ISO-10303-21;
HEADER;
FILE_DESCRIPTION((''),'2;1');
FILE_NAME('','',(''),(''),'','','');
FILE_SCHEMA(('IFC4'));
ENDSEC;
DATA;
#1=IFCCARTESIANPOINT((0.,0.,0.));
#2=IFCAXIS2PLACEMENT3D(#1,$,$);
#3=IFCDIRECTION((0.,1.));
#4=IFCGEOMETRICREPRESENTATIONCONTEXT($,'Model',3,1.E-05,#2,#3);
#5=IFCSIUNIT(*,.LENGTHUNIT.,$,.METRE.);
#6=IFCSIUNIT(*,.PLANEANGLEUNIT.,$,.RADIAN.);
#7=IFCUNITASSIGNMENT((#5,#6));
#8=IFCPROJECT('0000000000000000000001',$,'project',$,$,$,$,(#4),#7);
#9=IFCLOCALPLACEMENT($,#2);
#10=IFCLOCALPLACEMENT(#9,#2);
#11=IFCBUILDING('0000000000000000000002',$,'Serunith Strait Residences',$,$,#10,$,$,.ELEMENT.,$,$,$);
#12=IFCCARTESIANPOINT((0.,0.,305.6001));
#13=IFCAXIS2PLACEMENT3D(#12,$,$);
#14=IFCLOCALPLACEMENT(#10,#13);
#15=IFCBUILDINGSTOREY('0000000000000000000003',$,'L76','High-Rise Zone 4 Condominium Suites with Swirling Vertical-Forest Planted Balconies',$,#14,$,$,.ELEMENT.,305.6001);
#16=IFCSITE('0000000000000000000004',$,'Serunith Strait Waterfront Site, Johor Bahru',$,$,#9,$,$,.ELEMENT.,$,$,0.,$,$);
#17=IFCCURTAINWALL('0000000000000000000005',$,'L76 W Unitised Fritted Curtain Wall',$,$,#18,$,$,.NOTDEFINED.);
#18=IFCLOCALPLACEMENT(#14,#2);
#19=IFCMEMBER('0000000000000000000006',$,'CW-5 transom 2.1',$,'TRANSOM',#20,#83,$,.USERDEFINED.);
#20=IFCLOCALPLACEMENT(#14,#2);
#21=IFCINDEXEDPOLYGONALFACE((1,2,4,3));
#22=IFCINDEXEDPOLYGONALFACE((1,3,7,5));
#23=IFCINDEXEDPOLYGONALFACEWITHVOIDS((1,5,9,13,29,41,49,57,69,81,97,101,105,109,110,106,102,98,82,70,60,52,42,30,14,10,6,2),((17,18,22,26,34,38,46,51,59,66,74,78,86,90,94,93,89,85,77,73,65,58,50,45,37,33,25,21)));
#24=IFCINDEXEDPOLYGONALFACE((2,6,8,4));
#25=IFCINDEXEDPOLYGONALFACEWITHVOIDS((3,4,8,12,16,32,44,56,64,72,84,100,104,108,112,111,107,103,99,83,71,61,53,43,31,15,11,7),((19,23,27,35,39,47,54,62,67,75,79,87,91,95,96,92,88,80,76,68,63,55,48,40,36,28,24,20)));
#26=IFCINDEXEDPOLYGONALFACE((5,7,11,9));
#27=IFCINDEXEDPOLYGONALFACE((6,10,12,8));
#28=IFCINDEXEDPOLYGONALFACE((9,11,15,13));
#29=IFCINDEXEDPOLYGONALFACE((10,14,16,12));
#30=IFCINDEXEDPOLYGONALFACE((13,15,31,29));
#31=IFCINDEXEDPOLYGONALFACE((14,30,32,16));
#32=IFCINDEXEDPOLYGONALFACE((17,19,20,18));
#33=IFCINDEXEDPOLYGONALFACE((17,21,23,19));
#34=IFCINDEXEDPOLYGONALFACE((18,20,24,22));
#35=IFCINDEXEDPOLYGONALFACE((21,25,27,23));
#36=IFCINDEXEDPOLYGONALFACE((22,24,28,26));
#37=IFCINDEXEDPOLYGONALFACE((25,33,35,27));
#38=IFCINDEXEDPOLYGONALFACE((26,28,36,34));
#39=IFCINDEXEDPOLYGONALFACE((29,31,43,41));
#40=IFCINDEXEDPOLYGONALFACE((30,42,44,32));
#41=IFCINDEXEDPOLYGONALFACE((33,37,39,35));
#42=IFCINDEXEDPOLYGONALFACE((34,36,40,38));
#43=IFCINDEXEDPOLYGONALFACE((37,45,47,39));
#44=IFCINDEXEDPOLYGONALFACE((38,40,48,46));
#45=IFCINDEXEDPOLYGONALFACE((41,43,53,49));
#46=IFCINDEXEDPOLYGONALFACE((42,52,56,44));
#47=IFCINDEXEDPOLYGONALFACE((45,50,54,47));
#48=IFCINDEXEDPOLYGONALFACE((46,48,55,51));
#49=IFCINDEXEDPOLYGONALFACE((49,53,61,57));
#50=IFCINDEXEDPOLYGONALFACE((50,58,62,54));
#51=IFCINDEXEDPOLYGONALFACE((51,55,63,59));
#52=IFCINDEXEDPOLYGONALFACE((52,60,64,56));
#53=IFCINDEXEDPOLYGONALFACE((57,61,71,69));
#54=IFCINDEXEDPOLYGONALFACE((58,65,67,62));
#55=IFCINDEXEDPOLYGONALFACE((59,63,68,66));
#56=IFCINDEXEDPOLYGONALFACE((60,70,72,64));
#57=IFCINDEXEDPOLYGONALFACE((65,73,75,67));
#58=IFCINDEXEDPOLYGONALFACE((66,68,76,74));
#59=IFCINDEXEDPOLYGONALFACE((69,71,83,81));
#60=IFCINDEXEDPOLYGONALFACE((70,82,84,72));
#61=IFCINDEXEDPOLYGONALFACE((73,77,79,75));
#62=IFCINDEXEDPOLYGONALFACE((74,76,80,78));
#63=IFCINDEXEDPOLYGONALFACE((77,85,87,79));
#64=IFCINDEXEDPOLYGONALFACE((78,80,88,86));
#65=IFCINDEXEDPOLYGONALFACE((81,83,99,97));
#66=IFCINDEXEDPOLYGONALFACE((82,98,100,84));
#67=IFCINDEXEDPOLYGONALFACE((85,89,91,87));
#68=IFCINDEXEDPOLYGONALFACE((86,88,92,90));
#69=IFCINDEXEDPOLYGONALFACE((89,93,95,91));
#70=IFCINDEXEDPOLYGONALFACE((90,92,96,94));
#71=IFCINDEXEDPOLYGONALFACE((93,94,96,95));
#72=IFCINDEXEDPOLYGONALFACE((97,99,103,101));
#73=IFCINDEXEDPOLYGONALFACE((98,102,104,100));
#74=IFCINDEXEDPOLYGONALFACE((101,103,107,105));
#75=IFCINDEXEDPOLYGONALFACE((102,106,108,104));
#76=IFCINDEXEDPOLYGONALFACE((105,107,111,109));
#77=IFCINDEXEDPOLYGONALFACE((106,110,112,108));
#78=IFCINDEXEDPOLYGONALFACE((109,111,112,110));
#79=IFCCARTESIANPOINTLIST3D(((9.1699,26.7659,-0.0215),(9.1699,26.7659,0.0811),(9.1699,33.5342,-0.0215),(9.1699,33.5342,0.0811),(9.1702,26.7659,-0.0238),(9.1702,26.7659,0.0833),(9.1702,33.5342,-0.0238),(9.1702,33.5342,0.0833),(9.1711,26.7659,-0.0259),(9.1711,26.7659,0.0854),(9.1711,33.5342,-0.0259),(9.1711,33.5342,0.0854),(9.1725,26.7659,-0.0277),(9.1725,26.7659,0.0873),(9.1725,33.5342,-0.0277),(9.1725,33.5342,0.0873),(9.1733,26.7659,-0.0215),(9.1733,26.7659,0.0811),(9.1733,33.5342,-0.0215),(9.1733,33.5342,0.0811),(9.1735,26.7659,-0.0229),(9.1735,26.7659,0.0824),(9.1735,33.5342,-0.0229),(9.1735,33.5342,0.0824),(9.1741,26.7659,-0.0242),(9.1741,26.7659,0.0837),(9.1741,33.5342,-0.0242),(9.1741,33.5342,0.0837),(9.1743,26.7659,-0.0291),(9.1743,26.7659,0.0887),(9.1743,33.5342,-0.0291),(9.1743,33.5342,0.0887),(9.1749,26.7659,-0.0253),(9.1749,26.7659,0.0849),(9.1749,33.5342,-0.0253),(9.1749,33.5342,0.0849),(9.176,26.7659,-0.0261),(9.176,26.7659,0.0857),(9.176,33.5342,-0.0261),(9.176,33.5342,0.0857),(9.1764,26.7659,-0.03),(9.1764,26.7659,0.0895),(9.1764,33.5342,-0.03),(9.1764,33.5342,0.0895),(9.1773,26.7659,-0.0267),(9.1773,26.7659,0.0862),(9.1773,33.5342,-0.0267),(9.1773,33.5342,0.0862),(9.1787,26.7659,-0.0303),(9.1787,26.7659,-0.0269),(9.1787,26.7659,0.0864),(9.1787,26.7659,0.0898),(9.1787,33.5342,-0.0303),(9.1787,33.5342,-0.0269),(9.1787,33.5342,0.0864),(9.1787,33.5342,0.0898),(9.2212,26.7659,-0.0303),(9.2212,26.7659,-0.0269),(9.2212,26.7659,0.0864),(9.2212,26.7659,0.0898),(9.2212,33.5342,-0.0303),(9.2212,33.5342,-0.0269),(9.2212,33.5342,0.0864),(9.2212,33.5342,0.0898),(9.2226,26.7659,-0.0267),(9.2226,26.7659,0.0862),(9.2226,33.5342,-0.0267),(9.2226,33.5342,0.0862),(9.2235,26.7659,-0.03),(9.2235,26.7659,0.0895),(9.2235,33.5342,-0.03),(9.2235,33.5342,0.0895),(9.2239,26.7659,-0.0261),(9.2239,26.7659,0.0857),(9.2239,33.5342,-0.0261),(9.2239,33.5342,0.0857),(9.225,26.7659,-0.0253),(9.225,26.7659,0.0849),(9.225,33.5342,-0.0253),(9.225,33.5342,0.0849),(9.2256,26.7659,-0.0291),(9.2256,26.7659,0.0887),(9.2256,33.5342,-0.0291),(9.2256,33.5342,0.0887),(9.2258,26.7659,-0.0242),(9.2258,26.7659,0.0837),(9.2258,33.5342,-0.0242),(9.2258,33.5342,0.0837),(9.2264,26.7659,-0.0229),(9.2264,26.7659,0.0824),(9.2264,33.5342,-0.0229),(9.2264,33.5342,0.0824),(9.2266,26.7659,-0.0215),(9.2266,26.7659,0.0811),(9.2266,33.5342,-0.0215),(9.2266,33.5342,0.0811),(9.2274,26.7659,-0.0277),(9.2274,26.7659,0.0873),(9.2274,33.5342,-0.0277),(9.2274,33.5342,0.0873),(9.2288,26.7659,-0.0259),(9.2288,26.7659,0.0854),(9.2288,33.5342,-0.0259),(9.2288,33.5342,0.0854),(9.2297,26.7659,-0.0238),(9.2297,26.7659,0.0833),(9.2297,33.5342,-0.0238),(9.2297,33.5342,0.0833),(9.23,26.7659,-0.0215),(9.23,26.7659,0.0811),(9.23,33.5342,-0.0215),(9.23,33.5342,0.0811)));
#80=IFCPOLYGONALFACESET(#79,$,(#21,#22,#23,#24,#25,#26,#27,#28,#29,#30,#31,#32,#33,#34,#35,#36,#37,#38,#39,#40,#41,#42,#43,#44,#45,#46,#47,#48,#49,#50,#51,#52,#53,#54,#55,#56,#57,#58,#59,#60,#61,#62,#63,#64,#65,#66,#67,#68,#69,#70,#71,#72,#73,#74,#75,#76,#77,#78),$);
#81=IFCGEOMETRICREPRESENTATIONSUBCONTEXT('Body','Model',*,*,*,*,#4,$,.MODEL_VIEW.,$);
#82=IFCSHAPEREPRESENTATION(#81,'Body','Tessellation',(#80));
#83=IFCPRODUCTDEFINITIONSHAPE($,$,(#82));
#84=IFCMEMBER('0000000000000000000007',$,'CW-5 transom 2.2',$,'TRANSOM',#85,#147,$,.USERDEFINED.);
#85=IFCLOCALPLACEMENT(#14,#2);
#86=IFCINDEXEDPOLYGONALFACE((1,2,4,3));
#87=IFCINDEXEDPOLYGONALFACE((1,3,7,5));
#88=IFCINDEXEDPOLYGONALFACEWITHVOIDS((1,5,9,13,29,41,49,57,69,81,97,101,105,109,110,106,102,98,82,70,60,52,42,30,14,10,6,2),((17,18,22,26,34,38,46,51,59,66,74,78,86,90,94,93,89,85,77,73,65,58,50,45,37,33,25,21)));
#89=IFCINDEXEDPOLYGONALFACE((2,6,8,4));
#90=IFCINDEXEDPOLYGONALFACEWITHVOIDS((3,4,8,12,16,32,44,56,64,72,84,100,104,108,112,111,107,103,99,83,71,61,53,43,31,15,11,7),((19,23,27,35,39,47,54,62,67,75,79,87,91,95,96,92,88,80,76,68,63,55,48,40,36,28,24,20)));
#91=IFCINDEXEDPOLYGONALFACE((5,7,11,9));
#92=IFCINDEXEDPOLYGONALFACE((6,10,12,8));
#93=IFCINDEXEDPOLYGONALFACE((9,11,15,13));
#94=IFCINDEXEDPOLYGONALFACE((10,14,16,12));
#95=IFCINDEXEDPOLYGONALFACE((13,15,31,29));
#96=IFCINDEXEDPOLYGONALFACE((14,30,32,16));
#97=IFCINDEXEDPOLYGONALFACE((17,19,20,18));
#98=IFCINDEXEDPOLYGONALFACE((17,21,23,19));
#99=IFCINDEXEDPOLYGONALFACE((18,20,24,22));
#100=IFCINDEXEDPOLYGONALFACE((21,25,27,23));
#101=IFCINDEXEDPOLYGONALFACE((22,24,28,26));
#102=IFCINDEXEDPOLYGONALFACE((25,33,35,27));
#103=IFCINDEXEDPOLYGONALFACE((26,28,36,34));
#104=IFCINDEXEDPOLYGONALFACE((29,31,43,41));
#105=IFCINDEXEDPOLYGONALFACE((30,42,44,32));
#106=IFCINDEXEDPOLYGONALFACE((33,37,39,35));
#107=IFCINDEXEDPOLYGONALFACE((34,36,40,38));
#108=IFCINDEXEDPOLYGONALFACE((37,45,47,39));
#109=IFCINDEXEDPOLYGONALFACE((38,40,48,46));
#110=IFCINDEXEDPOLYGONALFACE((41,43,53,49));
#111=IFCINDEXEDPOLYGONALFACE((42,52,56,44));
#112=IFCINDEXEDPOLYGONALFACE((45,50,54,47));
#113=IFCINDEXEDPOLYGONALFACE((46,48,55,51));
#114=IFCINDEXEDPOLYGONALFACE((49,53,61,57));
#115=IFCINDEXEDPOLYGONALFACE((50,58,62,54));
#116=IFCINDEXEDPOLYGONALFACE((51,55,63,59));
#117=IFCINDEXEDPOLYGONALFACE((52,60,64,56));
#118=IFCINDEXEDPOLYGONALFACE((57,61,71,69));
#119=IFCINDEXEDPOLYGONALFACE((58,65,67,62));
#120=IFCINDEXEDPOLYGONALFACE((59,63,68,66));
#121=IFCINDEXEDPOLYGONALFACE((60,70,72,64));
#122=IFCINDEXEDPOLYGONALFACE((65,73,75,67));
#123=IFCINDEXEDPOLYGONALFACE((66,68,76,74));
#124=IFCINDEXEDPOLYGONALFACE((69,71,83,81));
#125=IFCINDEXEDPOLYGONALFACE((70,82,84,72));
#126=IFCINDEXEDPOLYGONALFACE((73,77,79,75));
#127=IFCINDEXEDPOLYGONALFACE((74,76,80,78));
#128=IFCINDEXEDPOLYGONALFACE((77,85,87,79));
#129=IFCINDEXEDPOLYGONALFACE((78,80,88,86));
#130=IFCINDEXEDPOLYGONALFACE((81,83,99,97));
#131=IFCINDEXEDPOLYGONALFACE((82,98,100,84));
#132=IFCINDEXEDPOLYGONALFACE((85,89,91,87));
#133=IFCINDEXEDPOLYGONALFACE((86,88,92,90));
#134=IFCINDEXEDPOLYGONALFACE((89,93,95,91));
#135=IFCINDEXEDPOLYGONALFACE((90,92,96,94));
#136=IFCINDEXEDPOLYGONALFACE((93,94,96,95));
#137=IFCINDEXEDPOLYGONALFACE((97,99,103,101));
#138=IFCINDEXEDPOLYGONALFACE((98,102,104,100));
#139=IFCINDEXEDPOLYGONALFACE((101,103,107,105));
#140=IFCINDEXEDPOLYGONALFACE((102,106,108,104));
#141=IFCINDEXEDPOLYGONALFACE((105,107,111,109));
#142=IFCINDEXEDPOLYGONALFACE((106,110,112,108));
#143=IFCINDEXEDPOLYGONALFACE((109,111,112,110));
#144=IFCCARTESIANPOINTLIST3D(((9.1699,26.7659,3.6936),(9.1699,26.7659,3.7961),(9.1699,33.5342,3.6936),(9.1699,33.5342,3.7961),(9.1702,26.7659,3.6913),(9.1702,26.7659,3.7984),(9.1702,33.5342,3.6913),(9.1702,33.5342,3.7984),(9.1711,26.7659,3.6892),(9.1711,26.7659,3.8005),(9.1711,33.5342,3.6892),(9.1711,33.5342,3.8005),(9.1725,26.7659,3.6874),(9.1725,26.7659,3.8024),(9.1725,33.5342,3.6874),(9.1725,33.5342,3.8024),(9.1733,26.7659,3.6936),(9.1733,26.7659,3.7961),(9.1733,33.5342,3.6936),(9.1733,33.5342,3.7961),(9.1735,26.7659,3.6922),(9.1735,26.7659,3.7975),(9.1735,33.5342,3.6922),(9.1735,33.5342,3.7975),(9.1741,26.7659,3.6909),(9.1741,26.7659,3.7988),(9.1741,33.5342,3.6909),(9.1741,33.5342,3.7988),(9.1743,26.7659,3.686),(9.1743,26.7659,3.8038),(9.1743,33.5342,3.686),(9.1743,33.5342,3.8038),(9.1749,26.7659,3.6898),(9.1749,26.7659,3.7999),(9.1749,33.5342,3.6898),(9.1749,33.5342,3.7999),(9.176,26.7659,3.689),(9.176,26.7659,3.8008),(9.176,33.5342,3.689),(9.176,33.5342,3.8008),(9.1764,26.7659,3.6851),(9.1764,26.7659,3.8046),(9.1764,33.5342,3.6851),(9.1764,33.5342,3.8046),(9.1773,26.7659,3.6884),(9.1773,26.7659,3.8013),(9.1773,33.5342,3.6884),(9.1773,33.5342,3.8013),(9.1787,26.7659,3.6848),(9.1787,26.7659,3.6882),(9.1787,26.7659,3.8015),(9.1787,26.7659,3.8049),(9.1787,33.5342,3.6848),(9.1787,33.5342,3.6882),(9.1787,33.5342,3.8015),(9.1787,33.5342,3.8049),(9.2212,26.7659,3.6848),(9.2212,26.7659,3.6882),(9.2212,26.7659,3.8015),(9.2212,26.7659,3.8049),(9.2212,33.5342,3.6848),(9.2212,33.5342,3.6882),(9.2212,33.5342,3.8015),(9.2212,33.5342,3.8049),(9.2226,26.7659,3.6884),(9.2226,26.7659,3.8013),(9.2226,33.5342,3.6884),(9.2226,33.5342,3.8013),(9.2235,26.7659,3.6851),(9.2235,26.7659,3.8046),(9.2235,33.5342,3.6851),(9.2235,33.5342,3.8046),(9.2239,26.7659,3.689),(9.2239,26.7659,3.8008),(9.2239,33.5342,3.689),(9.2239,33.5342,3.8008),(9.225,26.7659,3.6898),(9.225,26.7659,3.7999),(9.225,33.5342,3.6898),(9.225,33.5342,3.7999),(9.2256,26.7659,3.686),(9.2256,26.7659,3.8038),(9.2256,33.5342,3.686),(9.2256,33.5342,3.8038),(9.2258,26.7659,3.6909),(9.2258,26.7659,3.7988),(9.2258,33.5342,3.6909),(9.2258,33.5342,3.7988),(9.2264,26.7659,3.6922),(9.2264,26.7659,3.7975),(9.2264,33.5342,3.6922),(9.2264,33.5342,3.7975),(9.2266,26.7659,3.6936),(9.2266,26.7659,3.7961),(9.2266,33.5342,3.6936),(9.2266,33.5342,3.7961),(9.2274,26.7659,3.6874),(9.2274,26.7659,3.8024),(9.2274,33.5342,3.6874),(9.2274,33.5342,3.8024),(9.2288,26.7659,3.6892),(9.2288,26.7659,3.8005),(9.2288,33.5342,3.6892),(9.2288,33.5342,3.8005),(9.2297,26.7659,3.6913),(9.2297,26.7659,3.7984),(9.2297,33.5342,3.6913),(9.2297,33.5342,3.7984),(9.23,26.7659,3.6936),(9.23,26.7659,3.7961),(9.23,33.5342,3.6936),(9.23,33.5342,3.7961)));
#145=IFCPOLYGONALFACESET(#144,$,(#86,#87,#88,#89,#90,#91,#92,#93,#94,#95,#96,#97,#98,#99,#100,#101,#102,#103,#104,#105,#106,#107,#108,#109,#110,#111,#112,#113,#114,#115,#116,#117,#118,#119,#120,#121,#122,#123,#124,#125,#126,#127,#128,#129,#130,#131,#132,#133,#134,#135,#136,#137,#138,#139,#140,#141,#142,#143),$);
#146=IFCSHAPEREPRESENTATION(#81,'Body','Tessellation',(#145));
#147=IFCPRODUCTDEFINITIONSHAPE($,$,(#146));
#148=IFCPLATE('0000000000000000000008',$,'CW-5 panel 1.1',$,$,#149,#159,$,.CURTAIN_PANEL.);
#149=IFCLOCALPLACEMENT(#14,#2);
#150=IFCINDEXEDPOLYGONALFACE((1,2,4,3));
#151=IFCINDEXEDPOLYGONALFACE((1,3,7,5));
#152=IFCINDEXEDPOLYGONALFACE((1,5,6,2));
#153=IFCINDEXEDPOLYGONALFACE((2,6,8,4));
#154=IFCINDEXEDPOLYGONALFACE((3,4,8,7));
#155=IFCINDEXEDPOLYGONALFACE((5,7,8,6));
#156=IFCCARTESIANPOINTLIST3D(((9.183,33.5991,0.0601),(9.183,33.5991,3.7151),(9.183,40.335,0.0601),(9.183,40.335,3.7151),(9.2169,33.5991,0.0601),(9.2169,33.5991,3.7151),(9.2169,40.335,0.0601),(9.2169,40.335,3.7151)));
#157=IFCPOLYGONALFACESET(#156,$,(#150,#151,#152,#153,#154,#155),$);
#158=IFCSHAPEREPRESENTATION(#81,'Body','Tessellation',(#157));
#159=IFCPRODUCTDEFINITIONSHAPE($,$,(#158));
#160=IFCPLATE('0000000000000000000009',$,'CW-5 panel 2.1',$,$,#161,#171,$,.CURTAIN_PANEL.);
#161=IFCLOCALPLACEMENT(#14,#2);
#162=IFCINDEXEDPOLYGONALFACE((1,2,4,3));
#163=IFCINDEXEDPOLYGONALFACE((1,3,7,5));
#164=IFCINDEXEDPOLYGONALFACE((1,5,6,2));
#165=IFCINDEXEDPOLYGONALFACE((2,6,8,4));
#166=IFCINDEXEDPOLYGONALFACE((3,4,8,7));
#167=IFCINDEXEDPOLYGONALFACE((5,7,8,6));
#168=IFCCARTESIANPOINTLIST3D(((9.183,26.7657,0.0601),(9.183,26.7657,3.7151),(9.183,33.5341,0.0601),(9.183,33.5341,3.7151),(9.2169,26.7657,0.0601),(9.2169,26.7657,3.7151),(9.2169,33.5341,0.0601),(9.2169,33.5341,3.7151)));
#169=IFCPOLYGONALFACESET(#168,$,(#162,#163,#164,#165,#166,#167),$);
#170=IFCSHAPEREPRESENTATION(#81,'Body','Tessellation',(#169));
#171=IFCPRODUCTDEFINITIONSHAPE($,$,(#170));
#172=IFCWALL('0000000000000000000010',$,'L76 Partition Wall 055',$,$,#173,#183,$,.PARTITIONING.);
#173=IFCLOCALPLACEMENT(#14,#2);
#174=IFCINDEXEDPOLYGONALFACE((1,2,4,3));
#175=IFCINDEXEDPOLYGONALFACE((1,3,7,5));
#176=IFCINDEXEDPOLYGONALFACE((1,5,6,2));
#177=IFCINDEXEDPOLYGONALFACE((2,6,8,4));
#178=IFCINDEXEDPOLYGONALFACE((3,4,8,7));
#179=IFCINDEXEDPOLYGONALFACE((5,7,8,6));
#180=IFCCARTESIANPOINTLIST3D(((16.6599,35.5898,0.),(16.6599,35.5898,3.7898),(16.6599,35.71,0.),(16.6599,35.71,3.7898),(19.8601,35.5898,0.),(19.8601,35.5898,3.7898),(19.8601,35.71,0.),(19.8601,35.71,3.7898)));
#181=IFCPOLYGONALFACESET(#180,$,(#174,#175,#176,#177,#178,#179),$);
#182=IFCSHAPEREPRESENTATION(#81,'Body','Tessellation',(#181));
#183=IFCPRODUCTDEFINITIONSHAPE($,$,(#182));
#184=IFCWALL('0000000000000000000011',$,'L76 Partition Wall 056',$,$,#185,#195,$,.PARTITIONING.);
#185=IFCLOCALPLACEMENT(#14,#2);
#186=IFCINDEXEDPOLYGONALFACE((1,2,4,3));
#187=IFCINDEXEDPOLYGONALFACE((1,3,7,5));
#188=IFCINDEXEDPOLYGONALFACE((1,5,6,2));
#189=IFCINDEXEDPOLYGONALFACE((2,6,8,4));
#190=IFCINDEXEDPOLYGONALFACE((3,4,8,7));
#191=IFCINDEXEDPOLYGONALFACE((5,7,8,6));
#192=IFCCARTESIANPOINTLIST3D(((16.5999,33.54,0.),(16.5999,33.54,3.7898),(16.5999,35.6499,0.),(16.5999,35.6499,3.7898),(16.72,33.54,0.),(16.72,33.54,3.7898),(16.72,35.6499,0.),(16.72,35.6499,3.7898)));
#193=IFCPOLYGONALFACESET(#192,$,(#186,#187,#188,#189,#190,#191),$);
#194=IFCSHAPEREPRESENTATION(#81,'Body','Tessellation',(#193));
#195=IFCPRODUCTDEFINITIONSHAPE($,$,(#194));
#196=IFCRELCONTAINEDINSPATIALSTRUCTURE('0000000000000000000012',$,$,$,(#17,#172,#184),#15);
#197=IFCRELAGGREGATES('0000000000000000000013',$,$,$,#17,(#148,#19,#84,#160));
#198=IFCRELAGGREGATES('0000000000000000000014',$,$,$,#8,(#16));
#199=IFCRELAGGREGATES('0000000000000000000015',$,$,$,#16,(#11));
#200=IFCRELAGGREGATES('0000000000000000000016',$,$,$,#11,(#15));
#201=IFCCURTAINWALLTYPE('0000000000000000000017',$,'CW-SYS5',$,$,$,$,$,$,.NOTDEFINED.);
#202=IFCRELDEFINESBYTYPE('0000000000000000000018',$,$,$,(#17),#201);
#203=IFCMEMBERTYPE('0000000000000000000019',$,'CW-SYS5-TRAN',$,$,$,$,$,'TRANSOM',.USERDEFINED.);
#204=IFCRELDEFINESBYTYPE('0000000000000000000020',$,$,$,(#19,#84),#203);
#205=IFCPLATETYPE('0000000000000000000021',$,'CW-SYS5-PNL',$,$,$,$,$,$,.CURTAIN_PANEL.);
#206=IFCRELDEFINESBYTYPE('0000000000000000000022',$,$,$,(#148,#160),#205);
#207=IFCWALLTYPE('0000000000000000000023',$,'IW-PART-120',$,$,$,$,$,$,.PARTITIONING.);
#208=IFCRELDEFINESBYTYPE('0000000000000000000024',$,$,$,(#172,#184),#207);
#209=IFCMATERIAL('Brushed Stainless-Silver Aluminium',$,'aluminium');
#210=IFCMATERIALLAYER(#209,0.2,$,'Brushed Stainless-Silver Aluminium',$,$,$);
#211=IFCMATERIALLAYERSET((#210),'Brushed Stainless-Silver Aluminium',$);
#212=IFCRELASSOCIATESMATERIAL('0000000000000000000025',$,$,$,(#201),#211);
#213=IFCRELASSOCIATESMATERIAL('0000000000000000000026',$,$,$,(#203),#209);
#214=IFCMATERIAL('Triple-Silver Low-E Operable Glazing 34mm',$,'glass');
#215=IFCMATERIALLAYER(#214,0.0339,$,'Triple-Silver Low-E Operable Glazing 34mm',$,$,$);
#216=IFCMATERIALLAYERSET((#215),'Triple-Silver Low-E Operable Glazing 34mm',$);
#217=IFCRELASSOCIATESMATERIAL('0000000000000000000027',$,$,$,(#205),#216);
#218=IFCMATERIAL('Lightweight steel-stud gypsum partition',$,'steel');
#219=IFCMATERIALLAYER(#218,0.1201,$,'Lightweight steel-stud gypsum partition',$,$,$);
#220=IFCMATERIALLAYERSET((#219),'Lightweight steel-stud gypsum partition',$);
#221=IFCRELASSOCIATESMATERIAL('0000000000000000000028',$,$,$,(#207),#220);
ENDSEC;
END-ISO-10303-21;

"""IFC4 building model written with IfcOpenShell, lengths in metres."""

from ifc_helpers import new_model, si_unit, direction, frame, frame_2d, origin, origin_2d, place, context, subcontext, project, spatial, rectangle, hollow_rectangle, extrude, source, transform, mapped, material, layer, layer_set, material_profile, profile_set, type_object, element, aggregate, save


model = new_model("IFC4")

# Units and contexts
model_context = context("Model", 3, precision=1e-05, world=origin(), true_north=direction((0.0, 1.0)))
body_context = subcontext(model_context, "Body", "Model", "MODEL_VIEW")
ifc_project = project(units=[si_unit("LENGTHUNIT", "METRE"), si_unit("PLANEANGLEUNIT", "RADIAN")], contexts=[model_context])

# Site, building, storey
site_placement = place(None, origin())
site = spatial("IfcSite", under=ifc_project, at=site_placement, Name="Serunith Strait Waterfront Site, Johor Bahru", CompositionType="ELEMENT", RefElevation=0.0)
building_placement = place(site_placement, origin())
building = spatial("IfcBuilding", under=site, at=building_placement, Name="Serunith Strait Residences", CompositionType="ELEMENT")
storey_placement = place(building_placement, frame((0.0, 0.0, 305.6001)))
storey = spatial("IfcBuildingStorey", under=building, at=storey_placement, Name="L76", Description="High-Rise Zone 4 Condominium Suites with Swirling Vertical-Forest Planted Balconies", CompositionType="ELEMENT", Elevation=305.6001)

# Curtain wall, members, plates
ifc_material_1 = material(Name="Brushed Stainless-Silver Aluminium", Category="aluminium")
ifc_layer_1 = layer(ifc_material_1, 0.2, Name="Brushed Stainless-Silver Aluminium")
ifc_layer_set_1 = layer_set([ifc_layer_1], Name="Brushed Stainless-Silver Aluminium")
curtain_wall_type = type_object("IfcCurtainWallType", Name="CW-SYS5", PredefinedType="NOTDEFINED", material=ifc_layer_set_1)
curtain_wall_placement = place(storey_placement, origin())
curtain_wall = element("IfcCurtainWall", 1, at=curtain_wall_placement, inside=storey, type_object=curtain_wall_type, Name="L76 W Unitised Fritted Curtain Wall", PredefinedType="NOTDEFINED")
ifc_material_profile_1 = material_profile(ifc_material_1, hollow_rectangle(XDim=0.0601, YDim=0.1201, WallThickness=0.0034, InnerFilletRadius=0.0054, OuterFilletRadius=0.0088, at=origin_2d()), Name="ALU 120x60x3.5")
ifc_profile_set_1 = profile_set([ifc_material_profile_1], Name="Brushed Stainless-Silver Aluminium")
member_type_1 = type_object("IfcMemberType", Name="CW-SYS5-TRAN", ElementType="TRANSOM", PredefinedType="USERDEFINED", material=ifc_profile_set_1)
shared_shape_1 = source(origin(), body_context, "Body", "SweptSolid", [
    extrude(hollow_rectangle(XDim=0.0601, YDim=0.1201, WallThickness=0.0034, InnerFilletRadius=0.0054, OuterFilletRadius=0.0088, at=origin_2d()), origin(), (0.0, 0.0, 1.0), 6.7683),
])
member_1_placement = place(storey_placement, frame((9.2, 33.5342, 0.0298), z_axis=(0.0, -1.0, 0.0), x_axis=(1.0, 0.0, 0.0)))
member_1 = element("IfcMember", 2, at=member_1_placement, type_object=member_type_1, Name="CW-5 transom 2.1", ObjectType="TRANSOM", PredefinedType="USERDEFINED", context=body_context, shape_type="MappedRepresentation", body=[
    mapped(shared_shape_1, transform((0.0, 0.0, 0.0), scale=1.0)),
])
member_2_placement = place(storey_placement, frame((9.2, 33.5342, 3.7449), z_axis=(0.0, -1.0, 0.0), x_axis=(1.0, 0.0, 0.0)))
member_2 = element("IfcMember", 3, at=member_2_placement, type_object=member_type_1, Name="CW-5 transom 2.2", ObjectType="TRANSOM", PredefinedType="USERDEFINED", context=body_context, shape_type="MappedRepresentation", body=[
    mapped(shared_shape_1, transform((0.0, 0.0, 0.0), scale=1.0)),
])
ifc_material_2 = material(Name="Triple-Silver Low-E Operable Glazing 34mm", Category="glass")
ifc_layer_2 = layer(ifc_material_2, 0.0339, Name="Triple-Silver Low-E Operable Glazing 34mm")
ifc_layer_set_2 = layer_set([ifc_layer_2], Name="Triple-Silver Low-E Operable Glazing 34mm")
plate_type = type_object("IfcPlateType", Name="CW-SYS5-PNL", PredefinedType="CURTAIN_PANEL", material=ifc_layer_set_2)
shared_shape_2 = source(origin(), body_context, "Body", "SweptSolid", [
    extrude(rectangle(XDim=6.7358, YDim=0.0339, at=origin_2d()), origin(), (0.0, 0.0, 1.0), 3.655),
])
plate_1_placement = place(storey_placement, frame((9.2, 36.967, 0.0601), z_axis=(0.0, 0.0, 1.0), x_axis=(0.0, -1.0, 0.0)))
plate_1 = element("IfcPlate", 4, at=plate_1_placement, type_object=plate_type, Name="CW-5 panel 1.1", PredefinedType="CURTAIN_PANEL", context=body_context, shape_type="MappedRepresentation", body=[
    mapped(shared_shape_2, transform((0.0, 0.0, 0.0), scale=1.0)),
])
shared_shape_3 = source(origin(), body_context, "Body", "SweptSolid", [
    extrude(rectangle(XDim=6.7683, YDim=0.0339, at=origin_2d()), origin(), (0.0, 0.0, 1.0), 3.655),
])
plate_2_placement = place(storey_placement, frame((9.2, 30.1499, 0.0601), z_axis=(0.0, 0.0, 1.0), x_axis=(0.0, -1.0, 0.0)))
plate_2 = element("IfcPlate", 5, at=plate_2_placement, type_object=plate_type, Name="CW-5 panel 2.1", PredefinedType="CURTAIN_PANEL", context=body_context, shape_type="MappedRepresentation", body=[
    mapped(shared_shape_3, transform((0.0, 0.0, 0.0), scale=1.0)),
])
aggregate(curtain_wall, [plate_1, member_1, member_2, plate_2])

# Walls
ifc_material_3 = material(Name="Lightweight steel-stud gypsum partition", Category="steel")
ifc_layer_3 = layer(ifc_material_3, 0.1201, Name="Lightweight steel-stud gypsum partition")
ifc_layer_set_3 = layer_set([ifc_layer_3], Name="Lightweight steel-stud gypsum partition")
wall_type_1 = type_object("IfcWallType", Name="IW-PART-120", PredefinedType="PARTITIONING", material=ifc_layer_set_3)
wall_1_placement = place(storey_placement, frame((16.6599, 35.6499, 0.0), z_axis=(0.0, 0.0, 1.0), x_axis=(1.0, 0.0, 0.0)))
element("IfcWall", 6, at=wall_1_placement, inside=storey, type_object=wall_type_1, Name="L76 Partition Wall 055", PredefinedType="PARTITIONING", context=body_context, shape_type="SweptSolid", body=[
    extrude(rectangle(XDim=3.2002, YDim=0.1201, at=frame_2d((1.6001, 0.0))), origin(), (0.0, 0.0, 1.0), 3.7898),
])
wall_2_placement = place(storey_placement, frame((16.6599, 35.6499, 0.0), z_axis=(0.0, 0.0, 1.0), x_axis=(0.0, -1.0, 0.0)))
element("IfcWall", 7, at=wall_2_placement, inside=storey, type_object=wall_type_1, Name="L76 Partition Wall 056", PredefinedType="PARTITIONING", context=body_context, shape_type="SweptSolid", body=[
    extrude(rectangle(XDim=2.1099, YDim=0.1201, at=frame_2d((1.0549, 0.0))), origin(), (0.0, 0.0, 1.0), 3.7898),
])

save(model, "model.ifc")
